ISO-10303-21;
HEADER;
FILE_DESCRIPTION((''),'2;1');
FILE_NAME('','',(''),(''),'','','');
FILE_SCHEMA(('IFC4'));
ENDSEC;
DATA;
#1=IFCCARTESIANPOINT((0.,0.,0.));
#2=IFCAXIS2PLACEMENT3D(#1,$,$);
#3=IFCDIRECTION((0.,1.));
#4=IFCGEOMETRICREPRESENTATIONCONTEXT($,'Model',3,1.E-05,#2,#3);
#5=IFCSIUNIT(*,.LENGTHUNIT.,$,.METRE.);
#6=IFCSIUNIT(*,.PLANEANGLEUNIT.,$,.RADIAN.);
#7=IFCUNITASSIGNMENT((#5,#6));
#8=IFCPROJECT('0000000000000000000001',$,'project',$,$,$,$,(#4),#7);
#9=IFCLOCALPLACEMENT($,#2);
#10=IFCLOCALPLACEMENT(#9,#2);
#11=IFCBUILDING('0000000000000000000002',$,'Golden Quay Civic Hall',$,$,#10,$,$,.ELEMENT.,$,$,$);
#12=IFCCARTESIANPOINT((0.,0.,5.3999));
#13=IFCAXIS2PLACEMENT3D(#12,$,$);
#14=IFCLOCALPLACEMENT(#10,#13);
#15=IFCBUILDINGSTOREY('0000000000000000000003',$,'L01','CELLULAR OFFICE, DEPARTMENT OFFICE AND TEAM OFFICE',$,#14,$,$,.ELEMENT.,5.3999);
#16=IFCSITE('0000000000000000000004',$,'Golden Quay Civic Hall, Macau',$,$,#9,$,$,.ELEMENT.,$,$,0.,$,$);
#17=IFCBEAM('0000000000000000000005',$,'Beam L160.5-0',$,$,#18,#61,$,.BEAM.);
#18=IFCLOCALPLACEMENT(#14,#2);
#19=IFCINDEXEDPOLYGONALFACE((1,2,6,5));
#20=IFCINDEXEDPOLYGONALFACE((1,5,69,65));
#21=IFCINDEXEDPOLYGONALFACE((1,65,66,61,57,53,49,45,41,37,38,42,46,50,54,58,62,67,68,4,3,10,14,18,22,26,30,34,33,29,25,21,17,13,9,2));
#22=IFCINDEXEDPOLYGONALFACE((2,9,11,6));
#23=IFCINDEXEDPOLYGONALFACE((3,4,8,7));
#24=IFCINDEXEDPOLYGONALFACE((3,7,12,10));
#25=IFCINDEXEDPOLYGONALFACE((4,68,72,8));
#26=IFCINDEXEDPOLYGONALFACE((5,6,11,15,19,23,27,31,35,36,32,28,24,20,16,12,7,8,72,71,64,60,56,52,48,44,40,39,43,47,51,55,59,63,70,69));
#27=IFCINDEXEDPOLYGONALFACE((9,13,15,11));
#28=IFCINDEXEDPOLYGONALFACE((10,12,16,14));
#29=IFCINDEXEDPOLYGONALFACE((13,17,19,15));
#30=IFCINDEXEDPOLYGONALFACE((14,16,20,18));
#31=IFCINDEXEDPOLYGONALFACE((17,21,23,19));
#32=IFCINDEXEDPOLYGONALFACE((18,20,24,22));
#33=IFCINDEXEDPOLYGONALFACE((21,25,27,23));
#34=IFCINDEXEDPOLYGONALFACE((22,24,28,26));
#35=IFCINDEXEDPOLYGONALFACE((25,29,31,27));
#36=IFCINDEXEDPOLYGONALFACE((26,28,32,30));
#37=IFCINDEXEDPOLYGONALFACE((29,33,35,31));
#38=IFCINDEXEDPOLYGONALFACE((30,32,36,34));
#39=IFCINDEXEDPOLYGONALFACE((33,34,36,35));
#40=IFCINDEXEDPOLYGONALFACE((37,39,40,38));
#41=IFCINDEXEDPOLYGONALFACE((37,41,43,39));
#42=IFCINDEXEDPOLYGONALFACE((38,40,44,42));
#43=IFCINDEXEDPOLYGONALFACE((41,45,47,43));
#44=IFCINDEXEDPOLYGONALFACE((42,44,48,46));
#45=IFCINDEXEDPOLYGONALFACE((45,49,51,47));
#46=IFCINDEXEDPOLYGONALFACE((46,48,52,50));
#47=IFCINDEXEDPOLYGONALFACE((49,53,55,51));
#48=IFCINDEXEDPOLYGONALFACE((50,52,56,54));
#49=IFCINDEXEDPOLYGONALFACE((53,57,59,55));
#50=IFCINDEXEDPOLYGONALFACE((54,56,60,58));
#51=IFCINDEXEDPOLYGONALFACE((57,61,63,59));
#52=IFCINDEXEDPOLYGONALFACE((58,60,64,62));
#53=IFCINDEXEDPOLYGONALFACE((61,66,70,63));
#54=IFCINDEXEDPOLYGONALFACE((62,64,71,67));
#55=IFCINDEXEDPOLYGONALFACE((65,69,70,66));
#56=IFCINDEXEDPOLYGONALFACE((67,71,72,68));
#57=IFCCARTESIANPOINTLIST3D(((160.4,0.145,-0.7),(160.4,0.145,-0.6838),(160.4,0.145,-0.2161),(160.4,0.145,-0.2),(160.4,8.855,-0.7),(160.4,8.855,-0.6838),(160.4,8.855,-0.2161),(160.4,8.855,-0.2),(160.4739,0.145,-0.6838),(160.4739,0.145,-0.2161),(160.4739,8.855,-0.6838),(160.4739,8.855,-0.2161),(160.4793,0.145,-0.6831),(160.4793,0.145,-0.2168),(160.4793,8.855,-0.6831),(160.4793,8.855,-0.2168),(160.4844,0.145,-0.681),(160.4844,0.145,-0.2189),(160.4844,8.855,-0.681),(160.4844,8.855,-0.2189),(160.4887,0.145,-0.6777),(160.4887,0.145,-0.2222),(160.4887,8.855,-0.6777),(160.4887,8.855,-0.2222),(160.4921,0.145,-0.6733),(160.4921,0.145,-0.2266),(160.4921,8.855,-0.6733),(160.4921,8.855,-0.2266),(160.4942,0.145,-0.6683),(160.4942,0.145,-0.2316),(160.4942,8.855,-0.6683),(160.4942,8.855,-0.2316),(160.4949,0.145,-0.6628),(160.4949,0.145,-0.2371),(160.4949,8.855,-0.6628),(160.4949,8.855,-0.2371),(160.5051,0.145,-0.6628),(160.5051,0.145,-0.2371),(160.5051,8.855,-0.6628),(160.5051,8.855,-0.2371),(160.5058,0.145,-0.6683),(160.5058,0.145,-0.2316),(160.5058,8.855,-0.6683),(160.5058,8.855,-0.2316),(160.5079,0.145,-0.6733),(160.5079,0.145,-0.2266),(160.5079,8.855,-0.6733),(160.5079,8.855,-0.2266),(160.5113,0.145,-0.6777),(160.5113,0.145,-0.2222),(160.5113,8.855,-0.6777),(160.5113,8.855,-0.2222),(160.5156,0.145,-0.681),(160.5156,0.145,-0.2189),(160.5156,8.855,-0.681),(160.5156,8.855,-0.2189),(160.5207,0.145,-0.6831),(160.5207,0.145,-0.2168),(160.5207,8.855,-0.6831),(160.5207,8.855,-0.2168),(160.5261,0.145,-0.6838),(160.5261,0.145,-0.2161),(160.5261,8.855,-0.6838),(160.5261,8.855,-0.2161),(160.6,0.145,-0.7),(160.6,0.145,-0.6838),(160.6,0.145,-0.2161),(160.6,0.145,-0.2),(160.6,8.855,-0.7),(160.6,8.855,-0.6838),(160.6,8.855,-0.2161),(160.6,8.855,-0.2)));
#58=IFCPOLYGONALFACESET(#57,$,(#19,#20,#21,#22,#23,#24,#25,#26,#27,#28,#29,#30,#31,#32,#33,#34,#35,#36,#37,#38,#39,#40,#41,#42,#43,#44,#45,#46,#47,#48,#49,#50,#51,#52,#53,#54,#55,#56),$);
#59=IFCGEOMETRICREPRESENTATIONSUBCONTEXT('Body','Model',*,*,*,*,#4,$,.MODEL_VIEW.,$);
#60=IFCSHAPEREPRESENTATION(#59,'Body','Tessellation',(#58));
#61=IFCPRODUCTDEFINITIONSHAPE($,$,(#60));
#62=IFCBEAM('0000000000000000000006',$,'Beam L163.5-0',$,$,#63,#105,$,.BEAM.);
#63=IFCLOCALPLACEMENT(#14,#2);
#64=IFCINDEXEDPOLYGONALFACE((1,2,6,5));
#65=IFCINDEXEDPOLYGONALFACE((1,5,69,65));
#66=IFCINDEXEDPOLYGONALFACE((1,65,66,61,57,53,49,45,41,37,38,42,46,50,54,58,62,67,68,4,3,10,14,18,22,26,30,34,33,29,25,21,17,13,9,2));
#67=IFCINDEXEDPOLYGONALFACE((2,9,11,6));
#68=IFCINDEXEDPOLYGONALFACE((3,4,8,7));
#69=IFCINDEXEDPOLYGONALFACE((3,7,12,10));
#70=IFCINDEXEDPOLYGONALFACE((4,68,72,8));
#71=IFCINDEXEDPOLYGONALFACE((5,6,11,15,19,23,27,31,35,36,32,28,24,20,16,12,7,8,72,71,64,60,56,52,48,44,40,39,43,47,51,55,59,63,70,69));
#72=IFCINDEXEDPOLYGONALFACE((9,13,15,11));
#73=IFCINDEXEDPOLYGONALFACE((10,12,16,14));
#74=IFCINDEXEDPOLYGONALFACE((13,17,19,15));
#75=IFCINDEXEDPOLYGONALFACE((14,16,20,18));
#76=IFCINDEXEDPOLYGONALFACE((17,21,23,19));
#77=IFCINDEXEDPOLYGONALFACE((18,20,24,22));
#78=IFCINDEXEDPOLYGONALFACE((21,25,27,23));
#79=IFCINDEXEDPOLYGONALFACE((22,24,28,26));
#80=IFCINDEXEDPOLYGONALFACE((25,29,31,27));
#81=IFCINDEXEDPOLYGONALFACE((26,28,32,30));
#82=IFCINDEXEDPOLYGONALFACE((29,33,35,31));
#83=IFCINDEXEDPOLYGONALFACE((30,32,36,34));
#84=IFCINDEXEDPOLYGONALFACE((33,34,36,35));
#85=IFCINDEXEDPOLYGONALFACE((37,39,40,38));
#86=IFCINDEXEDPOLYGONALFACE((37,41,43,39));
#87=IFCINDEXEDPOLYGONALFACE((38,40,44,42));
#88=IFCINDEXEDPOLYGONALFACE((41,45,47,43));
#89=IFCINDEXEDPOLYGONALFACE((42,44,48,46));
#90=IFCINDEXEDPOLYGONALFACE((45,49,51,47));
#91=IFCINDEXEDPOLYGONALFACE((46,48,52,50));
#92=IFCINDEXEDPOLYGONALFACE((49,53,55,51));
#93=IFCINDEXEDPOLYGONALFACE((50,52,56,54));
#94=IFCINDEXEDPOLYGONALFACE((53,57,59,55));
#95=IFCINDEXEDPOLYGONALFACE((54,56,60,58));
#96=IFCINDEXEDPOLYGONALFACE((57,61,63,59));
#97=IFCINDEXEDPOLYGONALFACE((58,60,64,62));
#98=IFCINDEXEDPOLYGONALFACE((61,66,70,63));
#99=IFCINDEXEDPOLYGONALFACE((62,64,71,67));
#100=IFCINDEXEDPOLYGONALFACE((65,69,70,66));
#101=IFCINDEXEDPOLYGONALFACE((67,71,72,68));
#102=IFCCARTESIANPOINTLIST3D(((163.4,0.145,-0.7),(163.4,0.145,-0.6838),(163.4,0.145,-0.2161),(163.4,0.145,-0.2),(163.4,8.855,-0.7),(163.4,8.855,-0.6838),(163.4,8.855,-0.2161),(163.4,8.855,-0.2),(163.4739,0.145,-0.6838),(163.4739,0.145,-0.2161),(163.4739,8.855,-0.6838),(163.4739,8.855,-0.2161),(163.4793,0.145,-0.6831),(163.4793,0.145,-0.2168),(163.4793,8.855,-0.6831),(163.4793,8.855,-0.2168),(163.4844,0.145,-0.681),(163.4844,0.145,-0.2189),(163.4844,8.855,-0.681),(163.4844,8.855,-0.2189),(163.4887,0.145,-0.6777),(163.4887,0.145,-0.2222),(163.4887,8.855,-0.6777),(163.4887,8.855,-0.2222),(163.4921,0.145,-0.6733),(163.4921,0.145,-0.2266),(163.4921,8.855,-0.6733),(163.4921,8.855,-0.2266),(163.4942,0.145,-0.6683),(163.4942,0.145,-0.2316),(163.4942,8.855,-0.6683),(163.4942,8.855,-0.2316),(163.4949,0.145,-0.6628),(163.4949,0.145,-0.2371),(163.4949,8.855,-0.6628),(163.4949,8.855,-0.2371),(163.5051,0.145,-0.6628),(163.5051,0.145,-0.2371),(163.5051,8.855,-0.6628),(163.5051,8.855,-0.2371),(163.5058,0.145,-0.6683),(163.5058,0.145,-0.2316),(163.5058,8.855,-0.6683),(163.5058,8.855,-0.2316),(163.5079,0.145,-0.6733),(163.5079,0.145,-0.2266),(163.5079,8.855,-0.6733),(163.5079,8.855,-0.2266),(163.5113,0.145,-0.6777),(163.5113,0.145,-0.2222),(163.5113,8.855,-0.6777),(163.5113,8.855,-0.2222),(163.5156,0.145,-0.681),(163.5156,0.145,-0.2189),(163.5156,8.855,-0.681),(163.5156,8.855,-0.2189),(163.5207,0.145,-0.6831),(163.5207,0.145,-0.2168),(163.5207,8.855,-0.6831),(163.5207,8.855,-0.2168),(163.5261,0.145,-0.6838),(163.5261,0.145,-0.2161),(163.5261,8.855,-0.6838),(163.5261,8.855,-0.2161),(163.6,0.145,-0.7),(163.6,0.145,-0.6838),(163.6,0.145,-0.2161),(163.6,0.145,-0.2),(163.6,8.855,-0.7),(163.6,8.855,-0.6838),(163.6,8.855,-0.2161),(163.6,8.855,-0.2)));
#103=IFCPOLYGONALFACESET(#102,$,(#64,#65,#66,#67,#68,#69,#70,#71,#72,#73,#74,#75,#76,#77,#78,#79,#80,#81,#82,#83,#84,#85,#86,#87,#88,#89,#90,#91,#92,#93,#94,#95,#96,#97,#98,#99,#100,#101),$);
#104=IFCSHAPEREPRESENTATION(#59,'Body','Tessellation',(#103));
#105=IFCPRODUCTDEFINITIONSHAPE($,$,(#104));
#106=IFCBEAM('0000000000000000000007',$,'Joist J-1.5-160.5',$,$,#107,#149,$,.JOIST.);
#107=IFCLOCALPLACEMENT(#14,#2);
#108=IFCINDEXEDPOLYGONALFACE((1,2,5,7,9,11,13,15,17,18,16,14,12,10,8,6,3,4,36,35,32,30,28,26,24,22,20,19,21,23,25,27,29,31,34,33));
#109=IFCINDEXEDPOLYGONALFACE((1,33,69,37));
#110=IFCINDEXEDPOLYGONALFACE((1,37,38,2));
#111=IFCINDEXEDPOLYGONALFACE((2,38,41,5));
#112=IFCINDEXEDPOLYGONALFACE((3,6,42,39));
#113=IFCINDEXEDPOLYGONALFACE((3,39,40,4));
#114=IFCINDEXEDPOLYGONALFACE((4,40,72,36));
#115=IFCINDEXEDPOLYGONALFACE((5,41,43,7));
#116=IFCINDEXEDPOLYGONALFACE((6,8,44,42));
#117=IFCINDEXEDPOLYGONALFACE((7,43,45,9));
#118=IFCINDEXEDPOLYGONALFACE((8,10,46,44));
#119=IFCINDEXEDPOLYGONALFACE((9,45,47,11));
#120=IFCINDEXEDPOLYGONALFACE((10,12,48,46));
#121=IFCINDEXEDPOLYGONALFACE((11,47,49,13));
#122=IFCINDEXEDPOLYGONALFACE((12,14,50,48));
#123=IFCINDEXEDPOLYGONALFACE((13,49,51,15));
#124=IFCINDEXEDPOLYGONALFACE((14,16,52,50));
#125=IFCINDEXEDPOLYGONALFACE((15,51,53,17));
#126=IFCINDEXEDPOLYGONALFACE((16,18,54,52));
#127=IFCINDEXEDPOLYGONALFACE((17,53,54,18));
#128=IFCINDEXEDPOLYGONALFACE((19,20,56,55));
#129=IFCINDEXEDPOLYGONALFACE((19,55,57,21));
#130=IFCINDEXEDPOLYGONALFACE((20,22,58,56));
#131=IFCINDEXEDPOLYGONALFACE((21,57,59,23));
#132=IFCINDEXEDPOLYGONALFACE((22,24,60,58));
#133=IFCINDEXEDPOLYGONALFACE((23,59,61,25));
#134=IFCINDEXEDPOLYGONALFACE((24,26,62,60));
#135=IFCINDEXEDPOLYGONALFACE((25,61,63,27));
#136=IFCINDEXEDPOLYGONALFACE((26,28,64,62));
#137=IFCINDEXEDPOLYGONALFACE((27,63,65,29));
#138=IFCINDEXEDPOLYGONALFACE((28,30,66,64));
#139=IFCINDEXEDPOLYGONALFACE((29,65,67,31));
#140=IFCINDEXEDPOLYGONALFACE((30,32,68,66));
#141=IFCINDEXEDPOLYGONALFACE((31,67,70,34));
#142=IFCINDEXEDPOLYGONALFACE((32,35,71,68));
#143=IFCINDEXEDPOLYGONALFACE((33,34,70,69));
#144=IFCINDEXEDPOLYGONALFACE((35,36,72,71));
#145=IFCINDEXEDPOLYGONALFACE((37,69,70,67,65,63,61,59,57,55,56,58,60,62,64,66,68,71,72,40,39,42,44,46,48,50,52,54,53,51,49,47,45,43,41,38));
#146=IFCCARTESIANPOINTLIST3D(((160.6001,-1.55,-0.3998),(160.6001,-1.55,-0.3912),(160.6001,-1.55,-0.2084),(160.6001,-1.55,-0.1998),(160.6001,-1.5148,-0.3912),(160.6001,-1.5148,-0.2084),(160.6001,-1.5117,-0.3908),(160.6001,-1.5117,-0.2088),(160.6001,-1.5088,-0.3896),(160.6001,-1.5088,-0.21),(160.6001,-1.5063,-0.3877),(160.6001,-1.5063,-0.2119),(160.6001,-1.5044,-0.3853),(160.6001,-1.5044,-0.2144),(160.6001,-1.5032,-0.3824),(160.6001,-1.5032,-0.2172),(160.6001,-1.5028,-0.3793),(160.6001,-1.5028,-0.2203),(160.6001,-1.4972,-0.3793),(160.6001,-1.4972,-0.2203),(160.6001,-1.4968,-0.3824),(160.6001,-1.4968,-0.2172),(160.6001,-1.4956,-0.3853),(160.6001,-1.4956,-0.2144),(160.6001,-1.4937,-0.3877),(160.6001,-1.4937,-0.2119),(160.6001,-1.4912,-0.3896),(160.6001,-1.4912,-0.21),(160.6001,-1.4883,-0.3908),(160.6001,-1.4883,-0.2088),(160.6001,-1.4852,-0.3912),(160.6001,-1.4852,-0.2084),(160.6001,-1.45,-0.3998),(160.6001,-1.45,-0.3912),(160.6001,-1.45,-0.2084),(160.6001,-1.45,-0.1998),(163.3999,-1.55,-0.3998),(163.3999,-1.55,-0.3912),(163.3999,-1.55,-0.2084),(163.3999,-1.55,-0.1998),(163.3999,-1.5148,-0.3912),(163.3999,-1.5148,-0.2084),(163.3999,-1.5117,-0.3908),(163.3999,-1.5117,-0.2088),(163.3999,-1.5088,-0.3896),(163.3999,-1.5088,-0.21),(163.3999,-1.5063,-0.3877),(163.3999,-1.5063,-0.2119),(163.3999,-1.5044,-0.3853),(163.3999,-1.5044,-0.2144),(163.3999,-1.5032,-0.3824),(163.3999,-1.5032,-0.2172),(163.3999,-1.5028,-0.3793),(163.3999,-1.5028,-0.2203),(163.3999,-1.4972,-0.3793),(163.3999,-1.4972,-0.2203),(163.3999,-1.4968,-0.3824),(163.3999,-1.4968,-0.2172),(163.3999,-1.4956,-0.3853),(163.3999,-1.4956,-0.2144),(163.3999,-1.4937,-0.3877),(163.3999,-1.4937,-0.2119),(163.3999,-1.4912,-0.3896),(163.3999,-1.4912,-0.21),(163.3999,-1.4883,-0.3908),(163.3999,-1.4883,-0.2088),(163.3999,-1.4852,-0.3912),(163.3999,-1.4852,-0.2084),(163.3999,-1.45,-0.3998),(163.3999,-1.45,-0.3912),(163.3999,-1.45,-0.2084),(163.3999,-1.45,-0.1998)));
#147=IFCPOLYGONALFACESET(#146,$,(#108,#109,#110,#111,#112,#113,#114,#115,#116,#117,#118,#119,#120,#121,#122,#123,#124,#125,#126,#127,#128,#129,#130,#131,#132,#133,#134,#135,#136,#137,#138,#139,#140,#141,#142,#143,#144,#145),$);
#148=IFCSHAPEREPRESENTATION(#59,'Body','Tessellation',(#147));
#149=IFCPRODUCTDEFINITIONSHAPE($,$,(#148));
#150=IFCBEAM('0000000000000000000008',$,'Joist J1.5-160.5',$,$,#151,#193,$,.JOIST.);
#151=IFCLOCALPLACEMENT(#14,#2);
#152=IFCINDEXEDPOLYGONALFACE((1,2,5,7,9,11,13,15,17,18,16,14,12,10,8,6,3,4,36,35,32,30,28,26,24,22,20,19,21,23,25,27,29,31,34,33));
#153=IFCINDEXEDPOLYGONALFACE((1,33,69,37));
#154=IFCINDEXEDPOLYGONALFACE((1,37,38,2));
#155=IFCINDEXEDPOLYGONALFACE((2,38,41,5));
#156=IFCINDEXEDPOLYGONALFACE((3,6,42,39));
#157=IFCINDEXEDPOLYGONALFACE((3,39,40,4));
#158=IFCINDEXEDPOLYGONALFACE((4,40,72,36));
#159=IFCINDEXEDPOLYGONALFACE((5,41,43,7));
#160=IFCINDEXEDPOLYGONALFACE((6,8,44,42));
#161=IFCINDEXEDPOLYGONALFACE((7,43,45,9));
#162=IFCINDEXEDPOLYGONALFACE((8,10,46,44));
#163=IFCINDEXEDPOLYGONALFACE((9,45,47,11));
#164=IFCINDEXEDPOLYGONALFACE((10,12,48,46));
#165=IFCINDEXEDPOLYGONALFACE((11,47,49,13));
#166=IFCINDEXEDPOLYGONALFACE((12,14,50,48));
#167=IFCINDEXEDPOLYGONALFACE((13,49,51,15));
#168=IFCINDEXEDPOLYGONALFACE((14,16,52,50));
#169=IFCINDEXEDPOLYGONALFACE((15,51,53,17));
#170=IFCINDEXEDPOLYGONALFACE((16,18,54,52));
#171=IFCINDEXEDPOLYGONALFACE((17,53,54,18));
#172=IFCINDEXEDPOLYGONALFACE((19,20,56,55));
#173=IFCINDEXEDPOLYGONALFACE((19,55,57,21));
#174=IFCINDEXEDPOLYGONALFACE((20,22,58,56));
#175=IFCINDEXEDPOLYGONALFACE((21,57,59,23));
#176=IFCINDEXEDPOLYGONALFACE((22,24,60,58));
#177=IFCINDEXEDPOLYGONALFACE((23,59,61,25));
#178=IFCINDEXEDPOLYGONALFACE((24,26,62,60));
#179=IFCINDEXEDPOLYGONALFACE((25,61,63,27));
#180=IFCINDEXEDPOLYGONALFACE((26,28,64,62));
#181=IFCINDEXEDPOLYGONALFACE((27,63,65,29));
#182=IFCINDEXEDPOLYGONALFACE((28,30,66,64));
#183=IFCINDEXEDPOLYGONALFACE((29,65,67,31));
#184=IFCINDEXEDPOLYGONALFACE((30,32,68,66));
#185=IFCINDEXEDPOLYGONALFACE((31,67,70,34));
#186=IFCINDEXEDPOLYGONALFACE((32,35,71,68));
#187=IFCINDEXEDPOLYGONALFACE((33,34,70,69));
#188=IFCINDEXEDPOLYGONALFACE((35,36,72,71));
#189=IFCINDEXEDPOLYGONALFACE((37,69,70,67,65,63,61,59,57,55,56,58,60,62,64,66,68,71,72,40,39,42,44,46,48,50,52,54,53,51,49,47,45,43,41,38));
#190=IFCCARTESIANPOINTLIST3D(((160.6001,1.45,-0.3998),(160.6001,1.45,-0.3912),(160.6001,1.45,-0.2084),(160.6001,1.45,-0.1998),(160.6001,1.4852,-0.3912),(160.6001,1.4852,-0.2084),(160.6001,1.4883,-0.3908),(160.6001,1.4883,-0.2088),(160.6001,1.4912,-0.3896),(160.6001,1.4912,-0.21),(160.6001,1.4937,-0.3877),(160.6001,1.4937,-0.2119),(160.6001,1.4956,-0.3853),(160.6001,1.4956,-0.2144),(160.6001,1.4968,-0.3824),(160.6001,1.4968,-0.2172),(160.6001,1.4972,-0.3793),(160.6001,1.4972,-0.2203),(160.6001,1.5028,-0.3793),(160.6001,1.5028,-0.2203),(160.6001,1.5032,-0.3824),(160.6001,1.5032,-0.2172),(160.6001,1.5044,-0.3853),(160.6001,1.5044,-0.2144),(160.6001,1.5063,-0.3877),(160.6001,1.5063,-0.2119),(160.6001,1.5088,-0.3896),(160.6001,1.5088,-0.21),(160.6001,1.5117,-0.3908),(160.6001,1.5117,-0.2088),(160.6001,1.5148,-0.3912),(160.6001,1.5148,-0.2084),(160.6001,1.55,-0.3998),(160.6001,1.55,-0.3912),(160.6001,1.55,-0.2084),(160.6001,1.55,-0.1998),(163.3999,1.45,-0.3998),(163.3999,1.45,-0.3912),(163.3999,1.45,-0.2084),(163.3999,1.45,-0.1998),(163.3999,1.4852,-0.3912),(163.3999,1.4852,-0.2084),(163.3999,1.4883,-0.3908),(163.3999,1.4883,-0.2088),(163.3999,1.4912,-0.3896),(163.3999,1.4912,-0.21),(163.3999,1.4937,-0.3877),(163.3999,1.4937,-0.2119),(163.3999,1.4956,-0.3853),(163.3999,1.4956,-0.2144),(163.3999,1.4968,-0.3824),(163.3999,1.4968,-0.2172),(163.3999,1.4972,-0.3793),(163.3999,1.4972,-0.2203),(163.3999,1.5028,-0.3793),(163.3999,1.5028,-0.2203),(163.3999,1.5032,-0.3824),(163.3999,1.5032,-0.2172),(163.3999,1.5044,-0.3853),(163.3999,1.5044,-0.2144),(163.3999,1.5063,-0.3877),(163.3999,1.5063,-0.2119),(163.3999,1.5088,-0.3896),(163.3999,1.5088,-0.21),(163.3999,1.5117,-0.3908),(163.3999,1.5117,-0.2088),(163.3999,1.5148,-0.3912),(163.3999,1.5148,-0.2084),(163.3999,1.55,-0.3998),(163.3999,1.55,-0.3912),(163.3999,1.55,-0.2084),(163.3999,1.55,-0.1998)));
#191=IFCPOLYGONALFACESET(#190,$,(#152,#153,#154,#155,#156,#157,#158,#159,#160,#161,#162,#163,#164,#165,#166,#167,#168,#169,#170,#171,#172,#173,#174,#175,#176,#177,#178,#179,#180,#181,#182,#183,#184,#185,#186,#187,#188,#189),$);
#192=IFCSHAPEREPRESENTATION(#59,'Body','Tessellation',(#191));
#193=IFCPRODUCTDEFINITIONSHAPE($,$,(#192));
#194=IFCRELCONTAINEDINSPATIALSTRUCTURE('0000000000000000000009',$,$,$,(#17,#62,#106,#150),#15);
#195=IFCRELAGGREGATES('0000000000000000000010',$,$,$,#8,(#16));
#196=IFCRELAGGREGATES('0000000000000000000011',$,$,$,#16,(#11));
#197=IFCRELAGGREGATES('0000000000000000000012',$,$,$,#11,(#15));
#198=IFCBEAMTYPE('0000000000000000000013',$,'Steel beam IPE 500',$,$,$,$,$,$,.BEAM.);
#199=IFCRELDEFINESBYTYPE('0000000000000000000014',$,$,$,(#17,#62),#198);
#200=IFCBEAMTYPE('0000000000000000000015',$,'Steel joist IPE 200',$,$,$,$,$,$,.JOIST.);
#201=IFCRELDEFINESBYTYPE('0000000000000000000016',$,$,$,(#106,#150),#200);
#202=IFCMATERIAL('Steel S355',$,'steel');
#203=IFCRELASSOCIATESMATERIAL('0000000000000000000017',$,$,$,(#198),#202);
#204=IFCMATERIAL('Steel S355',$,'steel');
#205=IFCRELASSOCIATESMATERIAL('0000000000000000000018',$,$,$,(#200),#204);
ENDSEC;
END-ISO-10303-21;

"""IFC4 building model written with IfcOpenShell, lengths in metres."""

from ifc_helpers import new_model, si_unit, direction, frame, origin, origin_2d, place, context, subcontext, project, spatial, i_section, extrude, material, material_profile, profile_set, type_object, element, save


model = new_model("IFC4")

# Units and contexts
model_context = context("Model", 3, precision=1e-05, world=origin(), true_north=direction((0.0, 1.0)))
body_context = subcontext(model_context, "Body", "Model", "MODEL_VIEW")
ifc_project = project(units=[si_unit("LENGTHUNIT", "METRE"), si_unit("PLANEANGLEUNIT", "RADIAN")], contexts=[model_context])

# Site, building, storey
site_placement = place(None, origin())
site = spatial("IfcSite", under=ifc_project, at=site_placement, Name="Golden Quay Civic Hall, Macau", CompositionType="ELEMENT", RefElevation=0.0)
building_placement = place(site_placement, origin())
building = spatial("IfcBuilding", under=site, at=building_placement, Name="Golden Quay Civic Hall", CompositionType="ELEMENT")
storey_placement = place(building_placement, frame((0.0, 0.0, 5.3999)))
storey = spatial("IfcBuildingStorey", under=building, at=storey_placement, Name="L01", Description="CELLULAR OFFICE, DEPARTMENT OFFICE AND TEAM OFFICE", CompositionType="ELEMENT", Elevation=5.3999)

# Beams
ifc_material_1 = material(Name="Steel S355", Category="steel")
ifc_material_profile_1 = material_profile(ifc_material_1, i_section(OverallWidth=0.2, OverallDepth=0.5, WebThickness=0.0103, FlangeThickness=0.0161, FilletRadius=0.021, at=origin_2d()), Name="IPE 500")
ifc_profile_set_1 = profile_set([ifc_material_profile_1], Name="Steel S355")
beam_type_1 = type_object("IfcBeamType", Name="Steel beam IPE 500", PredefinedType="BEAM", material=ifc_profile_set_1)
for number, where, z_axis, x_axis, name in (
    (1, (160.5, 0.145, -0.45), (0.0, 1.0, 0.0), (-1.0, 0.0, 0.0), "Beam L160.5-0"),
    (2, (163.5, 0.145, -0.45), (0.0, 1.0, 0.0), (-1.0, 0.0, 0.0), "Beam L163.5-0"),
):
    element("IfcBeam", number, at=place(storey_placement, frame(where, z_axis=z_axis, x_axis=x_axis)), inside=storey, type_object=beam_type_1, Name=name, PredefinedType="BEAM", context=body_context, shape_type="SweptSolid", body=[
        extrude(i_section(OverallWidth=0.2, OverallDepth=0.5, WebThickness=0.0103, FlangeThickness=0.0161, FilletRadius=0.021, at=origin_2d()), origin(), (0.0, 0.0, 1.0), 8.71),
    ])
ifc_material_2 = material(Name="Steel S355", Category="steel")
ifc_material_profile_2 = material_profile(ifc_material_2, i_section(OverallWidth=0.1001, OverallDepth=0.2, WebThickness=0.0056, FlangeThickness=0.0085, FilletRadius=0.012, at=origin_2d()), Name="IPE 200")
ifc_profile_set_2 = profile_set([ifc_material_profile_2], Name="Steel S355")
beam_type_2 = type_object("IfcBeamType", Name="Steel joist IPE 200", PredefinedType="JOIST", material=ifc_profile_set_2)
for number, where, z_axis, x_axis, name in (
    (3, (160.6001, -1.5, -0.2998), (1.0, 0.0, 0.0), (0.0, 1.0, 0.0), "Joist J-1.5-160.5"),
    (4, (160.6001, 1.5, -0.2998), (1.0, 0.0, 0.0), (0.0, 1.0, 0.0), "Joist J1.5-160.5"),
):
    element("IfcBeam", number, at=place(storey_placement, frame(where, z_axis=z_axis, x_axis=x_axis)), inside=storey, type_object=beam_type_2, Name=name, PredefinedType="JOIST", context=body_context, shape_type="SweptSolid", body=[
        extrude(i_section(OverallWidth=0.1001, OverallDepth=0.2, WebThickness=0.0056, FlangeThickness=0.0085, FilletRadius=0.012, at=origin_2d()), origin(), (0.0, 0.0, 1.0), 2.7998),
    ])

save(model, "model.ifc")
